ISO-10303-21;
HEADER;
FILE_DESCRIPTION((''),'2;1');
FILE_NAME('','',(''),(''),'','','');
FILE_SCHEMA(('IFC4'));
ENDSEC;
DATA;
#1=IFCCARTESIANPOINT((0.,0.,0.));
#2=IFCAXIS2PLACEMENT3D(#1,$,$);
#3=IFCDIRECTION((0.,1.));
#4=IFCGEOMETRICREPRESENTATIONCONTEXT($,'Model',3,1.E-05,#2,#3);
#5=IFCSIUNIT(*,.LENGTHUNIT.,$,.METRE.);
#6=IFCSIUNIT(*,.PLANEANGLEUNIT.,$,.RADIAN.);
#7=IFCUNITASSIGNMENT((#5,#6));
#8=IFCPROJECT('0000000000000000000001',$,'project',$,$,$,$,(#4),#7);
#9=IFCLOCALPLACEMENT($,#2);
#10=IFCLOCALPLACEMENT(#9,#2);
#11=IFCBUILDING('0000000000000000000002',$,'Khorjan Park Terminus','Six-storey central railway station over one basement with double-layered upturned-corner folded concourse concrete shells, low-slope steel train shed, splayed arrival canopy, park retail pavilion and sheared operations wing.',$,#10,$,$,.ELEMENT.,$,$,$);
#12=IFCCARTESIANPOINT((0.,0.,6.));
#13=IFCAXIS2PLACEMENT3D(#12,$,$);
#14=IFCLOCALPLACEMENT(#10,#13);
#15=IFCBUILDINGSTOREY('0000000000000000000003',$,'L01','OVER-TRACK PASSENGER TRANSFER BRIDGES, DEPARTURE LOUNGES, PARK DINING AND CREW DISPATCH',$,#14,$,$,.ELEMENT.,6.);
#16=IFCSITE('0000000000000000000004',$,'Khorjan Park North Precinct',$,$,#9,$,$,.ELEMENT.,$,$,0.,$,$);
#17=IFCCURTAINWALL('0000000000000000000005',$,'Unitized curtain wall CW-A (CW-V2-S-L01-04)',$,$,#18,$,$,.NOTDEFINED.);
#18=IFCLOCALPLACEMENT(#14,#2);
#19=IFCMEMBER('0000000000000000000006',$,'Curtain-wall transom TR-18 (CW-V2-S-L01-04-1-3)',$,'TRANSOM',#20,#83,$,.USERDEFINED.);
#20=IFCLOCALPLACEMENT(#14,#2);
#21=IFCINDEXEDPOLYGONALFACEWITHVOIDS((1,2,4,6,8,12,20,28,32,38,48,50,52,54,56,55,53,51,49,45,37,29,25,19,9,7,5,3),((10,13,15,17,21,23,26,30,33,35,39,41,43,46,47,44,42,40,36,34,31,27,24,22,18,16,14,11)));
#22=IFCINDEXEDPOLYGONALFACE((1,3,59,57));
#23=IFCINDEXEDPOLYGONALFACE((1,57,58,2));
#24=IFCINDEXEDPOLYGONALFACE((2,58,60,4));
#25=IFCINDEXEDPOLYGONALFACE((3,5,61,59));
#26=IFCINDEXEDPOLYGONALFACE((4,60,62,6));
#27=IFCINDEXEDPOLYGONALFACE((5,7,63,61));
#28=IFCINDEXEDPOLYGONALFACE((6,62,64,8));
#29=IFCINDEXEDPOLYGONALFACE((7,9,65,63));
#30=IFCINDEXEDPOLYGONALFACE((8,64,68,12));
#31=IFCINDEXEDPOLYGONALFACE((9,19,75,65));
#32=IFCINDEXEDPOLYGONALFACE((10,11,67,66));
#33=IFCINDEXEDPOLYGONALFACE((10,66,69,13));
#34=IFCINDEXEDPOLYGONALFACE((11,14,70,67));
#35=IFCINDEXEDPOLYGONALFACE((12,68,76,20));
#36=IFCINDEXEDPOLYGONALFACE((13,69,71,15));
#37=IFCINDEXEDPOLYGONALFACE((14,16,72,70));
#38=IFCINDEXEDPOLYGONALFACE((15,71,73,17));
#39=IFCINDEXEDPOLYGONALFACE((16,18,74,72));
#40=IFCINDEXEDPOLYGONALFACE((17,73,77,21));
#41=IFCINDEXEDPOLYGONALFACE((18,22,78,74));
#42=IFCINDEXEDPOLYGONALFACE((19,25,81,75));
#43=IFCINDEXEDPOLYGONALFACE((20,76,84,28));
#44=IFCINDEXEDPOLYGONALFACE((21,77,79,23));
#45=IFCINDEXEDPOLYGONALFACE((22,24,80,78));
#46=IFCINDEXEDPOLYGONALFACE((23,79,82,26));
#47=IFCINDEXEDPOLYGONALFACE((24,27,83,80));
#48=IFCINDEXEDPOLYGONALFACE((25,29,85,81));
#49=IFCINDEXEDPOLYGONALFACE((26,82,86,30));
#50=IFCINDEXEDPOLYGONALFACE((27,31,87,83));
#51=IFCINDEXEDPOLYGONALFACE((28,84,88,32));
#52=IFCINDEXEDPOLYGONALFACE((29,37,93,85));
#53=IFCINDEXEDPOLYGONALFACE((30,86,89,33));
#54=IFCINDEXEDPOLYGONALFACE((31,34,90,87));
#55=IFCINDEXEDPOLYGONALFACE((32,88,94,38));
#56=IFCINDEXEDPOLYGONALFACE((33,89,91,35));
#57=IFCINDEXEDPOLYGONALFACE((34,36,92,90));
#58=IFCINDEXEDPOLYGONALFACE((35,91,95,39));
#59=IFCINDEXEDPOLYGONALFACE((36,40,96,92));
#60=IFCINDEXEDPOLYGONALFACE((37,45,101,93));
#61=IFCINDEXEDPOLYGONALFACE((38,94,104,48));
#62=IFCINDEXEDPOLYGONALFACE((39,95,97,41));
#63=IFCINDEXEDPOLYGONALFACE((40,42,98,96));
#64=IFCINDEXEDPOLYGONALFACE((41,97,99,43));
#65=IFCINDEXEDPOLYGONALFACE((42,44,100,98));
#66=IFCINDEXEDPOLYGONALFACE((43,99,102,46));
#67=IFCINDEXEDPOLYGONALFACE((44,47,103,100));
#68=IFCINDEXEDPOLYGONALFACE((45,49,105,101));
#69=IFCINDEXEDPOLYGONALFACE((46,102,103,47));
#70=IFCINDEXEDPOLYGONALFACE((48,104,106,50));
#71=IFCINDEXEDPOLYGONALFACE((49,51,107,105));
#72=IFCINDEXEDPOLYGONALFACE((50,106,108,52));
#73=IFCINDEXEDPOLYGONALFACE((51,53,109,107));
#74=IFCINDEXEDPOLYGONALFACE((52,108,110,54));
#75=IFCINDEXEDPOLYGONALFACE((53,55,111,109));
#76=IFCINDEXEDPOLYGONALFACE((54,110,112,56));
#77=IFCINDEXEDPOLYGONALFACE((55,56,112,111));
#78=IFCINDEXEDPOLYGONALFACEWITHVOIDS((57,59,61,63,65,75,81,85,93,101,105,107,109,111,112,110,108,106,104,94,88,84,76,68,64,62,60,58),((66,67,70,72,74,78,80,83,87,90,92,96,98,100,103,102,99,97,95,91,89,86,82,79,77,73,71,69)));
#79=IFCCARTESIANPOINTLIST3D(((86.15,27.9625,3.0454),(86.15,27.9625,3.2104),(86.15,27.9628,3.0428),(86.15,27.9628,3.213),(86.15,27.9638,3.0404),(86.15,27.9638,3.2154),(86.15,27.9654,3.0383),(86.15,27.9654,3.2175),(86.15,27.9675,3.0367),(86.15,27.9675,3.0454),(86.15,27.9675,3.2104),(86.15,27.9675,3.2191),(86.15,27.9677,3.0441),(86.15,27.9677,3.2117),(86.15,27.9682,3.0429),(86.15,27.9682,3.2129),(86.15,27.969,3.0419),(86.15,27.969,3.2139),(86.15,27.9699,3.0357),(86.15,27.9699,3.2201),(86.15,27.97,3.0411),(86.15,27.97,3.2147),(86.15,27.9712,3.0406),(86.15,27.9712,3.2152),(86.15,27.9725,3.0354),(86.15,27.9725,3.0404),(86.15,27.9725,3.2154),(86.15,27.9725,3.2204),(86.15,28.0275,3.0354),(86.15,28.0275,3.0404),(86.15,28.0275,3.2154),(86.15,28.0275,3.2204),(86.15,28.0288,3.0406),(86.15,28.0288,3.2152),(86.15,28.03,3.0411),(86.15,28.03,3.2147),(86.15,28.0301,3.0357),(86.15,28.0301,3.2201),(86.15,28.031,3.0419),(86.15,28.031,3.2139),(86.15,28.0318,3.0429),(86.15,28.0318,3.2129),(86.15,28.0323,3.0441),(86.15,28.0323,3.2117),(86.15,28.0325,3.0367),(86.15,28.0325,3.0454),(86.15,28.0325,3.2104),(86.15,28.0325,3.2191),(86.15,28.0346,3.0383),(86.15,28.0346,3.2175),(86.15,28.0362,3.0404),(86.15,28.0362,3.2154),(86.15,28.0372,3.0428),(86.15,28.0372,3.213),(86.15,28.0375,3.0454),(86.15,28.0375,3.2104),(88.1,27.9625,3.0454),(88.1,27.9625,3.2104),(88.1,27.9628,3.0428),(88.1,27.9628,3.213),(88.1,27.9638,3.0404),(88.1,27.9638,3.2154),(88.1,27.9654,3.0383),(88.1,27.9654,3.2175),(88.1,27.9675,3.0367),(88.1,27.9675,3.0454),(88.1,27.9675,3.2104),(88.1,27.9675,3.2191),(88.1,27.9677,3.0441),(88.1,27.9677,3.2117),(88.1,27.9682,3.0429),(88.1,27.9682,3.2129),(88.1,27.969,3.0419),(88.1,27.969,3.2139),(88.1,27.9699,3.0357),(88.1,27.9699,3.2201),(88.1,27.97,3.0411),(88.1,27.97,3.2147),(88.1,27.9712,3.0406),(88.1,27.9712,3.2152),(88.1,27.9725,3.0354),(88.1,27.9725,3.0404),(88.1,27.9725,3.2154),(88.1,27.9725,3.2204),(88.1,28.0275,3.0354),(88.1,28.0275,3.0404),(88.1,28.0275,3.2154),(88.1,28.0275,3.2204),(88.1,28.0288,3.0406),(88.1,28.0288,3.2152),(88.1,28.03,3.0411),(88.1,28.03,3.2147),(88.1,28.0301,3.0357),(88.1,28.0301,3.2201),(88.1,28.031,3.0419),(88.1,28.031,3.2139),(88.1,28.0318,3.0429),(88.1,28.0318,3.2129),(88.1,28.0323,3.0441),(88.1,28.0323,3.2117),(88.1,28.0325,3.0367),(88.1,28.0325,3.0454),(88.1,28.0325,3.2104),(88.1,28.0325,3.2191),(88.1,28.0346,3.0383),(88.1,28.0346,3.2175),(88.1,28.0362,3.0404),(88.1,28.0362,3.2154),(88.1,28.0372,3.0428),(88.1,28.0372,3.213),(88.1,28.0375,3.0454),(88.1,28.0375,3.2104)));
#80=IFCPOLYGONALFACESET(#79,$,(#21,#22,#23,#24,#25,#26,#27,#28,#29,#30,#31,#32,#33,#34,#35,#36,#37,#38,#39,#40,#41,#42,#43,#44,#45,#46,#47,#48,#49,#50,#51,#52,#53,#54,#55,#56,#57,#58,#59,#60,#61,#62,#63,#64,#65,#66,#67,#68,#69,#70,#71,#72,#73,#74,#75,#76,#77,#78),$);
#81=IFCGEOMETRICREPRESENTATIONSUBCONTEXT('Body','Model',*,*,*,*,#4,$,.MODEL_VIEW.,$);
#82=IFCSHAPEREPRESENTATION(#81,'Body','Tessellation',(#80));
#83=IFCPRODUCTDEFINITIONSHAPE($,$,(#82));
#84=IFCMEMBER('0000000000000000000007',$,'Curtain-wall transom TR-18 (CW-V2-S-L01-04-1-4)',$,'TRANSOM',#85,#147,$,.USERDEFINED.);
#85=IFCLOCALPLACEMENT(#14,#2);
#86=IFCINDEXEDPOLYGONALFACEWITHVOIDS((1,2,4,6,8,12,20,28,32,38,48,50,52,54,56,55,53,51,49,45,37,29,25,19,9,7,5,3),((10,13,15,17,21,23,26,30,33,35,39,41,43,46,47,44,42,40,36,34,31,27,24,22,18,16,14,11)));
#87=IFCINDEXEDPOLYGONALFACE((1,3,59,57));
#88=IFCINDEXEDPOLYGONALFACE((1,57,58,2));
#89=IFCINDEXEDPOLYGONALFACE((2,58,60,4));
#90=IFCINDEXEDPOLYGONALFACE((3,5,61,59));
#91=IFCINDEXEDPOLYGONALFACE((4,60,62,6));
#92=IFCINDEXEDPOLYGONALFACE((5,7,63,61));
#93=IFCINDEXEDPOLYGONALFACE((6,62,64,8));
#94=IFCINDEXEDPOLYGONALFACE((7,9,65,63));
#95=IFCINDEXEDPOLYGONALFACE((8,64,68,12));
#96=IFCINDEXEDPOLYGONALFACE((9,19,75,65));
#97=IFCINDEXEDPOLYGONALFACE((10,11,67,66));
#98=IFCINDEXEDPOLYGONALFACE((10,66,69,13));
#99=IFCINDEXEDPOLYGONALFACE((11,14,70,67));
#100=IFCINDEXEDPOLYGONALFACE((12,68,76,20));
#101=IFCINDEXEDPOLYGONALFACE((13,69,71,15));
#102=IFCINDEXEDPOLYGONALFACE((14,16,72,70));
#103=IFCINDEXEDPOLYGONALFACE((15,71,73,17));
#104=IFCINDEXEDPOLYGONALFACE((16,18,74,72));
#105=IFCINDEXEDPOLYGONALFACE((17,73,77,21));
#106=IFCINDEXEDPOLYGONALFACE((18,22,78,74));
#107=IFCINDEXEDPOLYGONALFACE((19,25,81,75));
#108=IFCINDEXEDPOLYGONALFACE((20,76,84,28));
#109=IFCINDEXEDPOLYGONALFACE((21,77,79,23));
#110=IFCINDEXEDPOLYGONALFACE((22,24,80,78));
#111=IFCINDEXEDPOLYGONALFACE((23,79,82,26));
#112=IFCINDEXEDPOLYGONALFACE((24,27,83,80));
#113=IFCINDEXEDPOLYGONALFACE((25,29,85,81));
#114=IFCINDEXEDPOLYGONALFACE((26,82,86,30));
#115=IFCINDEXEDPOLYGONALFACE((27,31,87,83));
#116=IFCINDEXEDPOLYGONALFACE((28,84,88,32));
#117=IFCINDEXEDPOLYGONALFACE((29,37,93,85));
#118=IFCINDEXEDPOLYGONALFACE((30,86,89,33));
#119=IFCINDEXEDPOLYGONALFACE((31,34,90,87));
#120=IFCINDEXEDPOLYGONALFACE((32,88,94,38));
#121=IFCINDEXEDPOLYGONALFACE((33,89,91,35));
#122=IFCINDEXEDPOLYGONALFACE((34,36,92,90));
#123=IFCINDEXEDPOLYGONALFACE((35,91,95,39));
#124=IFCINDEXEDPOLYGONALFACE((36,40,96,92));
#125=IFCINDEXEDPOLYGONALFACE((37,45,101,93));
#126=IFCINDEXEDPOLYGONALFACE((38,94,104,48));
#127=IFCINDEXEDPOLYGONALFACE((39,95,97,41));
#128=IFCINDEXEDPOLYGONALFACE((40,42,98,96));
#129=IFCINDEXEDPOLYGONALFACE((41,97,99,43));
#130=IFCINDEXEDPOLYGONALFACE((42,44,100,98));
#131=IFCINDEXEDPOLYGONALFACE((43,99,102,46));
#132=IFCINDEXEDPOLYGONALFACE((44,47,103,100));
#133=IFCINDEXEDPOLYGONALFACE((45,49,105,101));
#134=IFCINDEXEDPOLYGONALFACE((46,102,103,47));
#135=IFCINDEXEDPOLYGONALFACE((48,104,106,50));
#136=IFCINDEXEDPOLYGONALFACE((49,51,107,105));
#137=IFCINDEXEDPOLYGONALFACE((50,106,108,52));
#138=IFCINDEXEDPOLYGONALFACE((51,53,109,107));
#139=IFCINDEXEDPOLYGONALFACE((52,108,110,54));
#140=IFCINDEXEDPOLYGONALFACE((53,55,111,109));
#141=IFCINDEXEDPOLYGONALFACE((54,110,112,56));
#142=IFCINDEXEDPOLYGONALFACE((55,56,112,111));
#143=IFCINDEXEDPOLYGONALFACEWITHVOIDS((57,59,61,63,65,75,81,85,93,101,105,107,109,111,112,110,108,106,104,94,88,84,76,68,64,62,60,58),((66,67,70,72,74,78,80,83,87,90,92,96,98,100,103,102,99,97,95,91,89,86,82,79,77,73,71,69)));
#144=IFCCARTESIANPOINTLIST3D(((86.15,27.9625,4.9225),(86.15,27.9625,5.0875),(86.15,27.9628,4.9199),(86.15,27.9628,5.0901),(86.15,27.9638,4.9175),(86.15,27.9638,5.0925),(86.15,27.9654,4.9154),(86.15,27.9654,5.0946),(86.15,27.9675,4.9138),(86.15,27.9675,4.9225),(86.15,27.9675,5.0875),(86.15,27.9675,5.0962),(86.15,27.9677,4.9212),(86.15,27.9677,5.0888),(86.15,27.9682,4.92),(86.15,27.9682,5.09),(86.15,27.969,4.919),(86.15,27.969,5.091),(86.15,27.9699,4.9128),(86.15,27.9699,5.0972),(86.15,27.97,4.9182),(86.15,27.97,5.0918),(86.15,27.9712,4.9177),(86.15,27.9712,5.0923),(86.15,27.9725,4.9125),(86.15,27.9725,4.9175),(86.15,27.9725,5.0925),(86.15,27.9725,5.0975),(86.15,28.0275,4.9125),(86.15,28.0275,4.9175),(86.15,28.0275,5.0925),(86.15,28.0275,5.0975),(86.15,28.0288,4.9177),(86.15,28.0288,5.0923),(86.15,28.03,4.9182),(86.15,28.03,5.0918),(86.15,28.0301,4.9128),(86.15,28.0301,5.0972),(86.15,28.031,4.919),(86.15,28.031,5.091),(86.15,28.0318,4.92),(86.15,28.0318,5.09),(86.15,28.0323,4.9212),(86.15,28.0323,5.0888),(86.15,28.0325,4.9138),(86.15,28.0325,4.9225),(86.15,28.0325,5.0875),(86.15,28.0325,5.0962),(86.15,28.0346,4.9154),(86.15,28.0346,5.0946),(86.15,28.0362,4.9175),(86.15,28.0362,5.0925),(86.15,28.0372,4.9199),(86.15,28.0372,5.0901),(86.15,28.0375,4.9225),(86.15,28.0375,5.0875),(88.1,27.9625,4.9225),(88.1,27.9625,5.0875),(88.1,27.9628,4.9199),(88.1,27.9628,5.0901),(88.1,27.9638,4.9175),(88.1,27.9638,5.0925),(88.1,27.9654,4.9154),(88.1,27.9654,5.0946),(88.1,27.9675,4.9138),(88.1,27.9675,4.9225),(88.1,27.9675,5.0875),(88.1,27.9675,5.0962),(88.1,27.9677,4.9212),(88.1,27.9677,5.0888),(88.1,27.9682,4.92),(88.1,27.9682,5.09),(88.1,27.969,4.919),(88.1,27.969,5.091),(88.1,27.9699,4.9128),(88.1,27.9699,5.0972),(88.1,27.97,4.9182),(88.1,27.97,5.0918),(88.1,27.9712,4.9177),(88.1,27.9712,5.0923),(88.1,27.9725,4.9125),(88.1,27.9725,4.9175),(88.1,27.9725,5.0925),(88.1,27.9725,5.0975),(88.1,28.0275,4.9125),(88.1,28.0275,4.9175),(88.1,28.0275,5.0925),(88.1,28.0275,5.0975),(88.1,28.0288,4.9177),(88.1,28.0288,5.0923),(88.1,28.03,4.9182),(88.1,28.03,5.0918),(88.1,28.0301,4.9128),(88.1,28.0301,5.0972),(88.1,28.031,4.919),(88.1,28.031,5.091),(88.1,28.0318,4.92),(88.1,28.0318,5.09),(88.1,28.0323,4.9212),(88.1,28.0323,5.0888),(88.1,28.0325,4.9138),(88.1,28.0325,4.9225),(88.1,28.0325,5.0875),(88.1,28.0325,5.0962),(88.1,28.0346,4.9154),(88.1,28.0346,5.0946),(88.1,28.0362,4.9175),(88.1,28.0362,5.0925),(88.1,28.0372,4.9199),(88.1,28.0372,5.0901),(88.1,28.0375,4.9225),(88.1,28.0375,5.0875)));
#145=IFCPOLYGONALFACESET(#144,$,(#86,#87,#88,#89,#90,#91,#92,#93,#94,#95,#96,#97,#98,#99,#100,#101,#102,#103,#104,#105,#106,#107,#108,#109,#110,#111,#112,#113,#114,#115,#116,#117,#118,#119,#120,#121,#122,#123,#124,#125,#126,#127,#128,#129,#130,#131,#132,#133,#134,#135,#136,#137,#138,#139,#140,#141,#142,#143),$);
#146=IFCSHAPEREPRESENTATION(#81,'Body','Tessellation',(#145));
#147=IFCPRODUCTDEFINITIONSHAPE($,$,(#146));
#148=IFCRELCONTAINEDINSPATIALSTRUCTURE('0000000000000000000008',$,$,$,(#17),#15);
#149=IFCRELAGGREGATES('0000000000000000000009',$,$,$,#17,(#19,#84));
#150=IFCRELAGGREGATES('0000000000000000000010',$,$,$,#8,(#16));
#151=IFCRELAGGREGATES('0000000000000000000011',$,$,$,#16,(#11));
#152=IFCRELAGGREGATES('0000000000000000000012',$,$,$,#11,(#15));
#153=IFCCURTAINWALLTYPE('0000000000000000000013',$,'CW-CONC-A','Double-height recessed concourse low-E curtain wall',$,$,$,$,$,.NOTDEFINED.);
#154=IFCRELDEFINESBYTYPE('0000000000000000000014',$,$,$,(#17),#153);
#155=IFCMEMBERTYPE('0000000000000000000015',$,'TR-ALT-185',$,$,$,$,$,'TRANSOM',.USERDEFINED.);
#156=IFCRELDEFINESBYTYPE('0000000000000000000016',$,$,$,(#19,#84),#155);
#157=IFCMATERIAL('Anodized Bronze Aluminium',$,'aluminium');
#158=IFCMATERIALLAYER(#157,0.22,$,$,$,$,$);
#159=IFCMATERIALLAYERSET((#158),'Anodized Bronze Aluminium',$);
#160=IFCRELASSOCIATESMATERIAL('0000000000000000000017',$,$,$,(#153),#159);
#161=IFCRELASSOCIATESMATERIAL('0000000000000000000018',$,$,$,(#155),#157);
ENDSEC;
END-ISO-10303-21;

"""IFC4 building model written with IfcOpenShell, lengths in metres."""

from ifc_helpers import new_model, si_unit, direction, frame, origin, origin_2d, place, context, subcontext, project, spatial, hollow_rectangle, extrude, material, layer, layer_set, material_profile, profile_set, type_object, element, aggregate, save


model = new_model("IFC4")

# Units and contexts
model_context = context("Model", 3, precision=1e-05, world=origin(), true_north=direction((0.0, 1.0)))
body_context = subcontext(model_context, "Body", "Model", "MODEL_VIEW")
ifc_project = project(units=[si_unit("LENGTHUNIT", "METRE"), si_unit("PLANEANGLEUNIT", "RADIAN")], contexts=[model_context])

# Site, building, storey
site_placement = place(None, origin())
site = spatial("IfcSite", under=ifc_project, at=site_placement, Name="Khorjan Park North Precinct", CompositionType="ELEMENT", RefElevation=0.0)
building_placement = place(site_placement, origin())
building = spatial("IfcBuilding", under=site, at=building_placement, Name="Khorjan Park Terminus", Description="Six-storey central railway station over one basement with double-layered upturned-corner folded concourse concrete shells, low-slope steel train shed, splayed arrival canopy, park retail pavilion and sheared operations wing.", CompositionType="ELEMENT")
storey_placement = place(building_placement, frame((0.0, 0.0, 6.0)))
storey = spatial("IfcBuildingStorey", under=building, at=storey_placement, Name="L01", Description="OVER-TRACK PASSENGER TRANSFER BRIDGES, DEPARTURE LOUNGES, PARK DINING AND CREW DISPATCH", CompositionType="ELEMENT", Elevation=6.0)

# Shared definitions
ifc_material_1 = material(Name="Anodized Bronze Aluminium", Category="aluminium")
ifc_layer_1 = layer(ifc_material_1, 0.22)
ifc_layer_set_1 = layer_set([ifc_layer_1], Name="Anodized Bronze Aluminium")
curtain_wall_type = type_object("IfcCurtainWallType", Name="CW-CONC-A", Description="Double-height recessed concourse low-E curtain wall", PredefinedType="NOTDEFINED", material=ifc_layer_set_1)

# Curtain wall
curtain_wall_1_placement = place(storey_placement, origin())
curtain_wall_1 = element("IfcCurtainWall", 1, at=curtain_wall_1_placement, inside=storey, type_object=curtain_wall_type, Name="Unitized curtain wall CW-A (CW-V2-S-L01-04)", PredefinedType="NOTDEFINED")

# Members
ifc_material_profile_1 = material_profile(ifc_material_1, hollow_rectangle(XDim=0.075, YDim=0.185, WallThickness=0.005, InnerFilletRadius=0.005, OuterFilletRadius=0.01, at=origin_2d()), Name="ALT 75x185x5")
ifc_profile_set_1 = profile_set([ifc_material_profile_1], Name="Anodized Bronze Aluminium")
member_type_1 = type_object("IfcMemberType", Name="TR-ALT-185", ElementType="TRANSOM", PredefinedType="USERDEFINED", material=ifc_profile_set_1)
member_1_placement = place(storey_placement, frame((86.15, 28.0, 3.1279), z_axis=(1.0, 0.0, 0.0), x_axis=(0.0, 1.0, 0.0)))
member_1 = element("IfcMember", 2, at=member_1_placement, type_object=member_type_1, Name="Curtain-wall transom TR-18 (CW-V2-S-L01-04-1-3)", ObjectType="TRANSOM", PredefinedType="USERDEFINED", context=body_context, shape_type="SweptSolid", body=[
    extrude(hollow_rectangle(XDim=0.075, YDim=0.185, WallThickness=0.005, InnerFilletRadius=0.005, OuterFilletRadius=0.01, at=origin_2d()), origin(), (0.0, 0.0, 1.0), 1.95),
])
member_2_placement = place(storey_placement, frame((86.15, 28.0, 5.005), z_axis=(1.0, 0.0, 0.0), x_axis=(0.0, 1.0, 0.0)))
member_2 = element("IfcMember", 3, at=member_2_placement, type_object=member_type_1, Name="Curtain-wall transom TR-18 (CW-V2-S-L01-04-1-4)", ObjectType="TRANSOM", PredefinedType="USERDEFINED", context=body_context, shape_type="SweptSolid", body=[
    extrude(hollow_rectangle(XDim=0.075, YDim=0.185, WallThickness=0.005, InnerFilletRadius=0.005, OuterFilletRadius=0.01, at=origin_2d()), origin(), (0.0, 0.0, 1.0), 1.95),
])

aggregate(curtain_wall_1, [member_1, member_2])

save(model, "model.ifc")
